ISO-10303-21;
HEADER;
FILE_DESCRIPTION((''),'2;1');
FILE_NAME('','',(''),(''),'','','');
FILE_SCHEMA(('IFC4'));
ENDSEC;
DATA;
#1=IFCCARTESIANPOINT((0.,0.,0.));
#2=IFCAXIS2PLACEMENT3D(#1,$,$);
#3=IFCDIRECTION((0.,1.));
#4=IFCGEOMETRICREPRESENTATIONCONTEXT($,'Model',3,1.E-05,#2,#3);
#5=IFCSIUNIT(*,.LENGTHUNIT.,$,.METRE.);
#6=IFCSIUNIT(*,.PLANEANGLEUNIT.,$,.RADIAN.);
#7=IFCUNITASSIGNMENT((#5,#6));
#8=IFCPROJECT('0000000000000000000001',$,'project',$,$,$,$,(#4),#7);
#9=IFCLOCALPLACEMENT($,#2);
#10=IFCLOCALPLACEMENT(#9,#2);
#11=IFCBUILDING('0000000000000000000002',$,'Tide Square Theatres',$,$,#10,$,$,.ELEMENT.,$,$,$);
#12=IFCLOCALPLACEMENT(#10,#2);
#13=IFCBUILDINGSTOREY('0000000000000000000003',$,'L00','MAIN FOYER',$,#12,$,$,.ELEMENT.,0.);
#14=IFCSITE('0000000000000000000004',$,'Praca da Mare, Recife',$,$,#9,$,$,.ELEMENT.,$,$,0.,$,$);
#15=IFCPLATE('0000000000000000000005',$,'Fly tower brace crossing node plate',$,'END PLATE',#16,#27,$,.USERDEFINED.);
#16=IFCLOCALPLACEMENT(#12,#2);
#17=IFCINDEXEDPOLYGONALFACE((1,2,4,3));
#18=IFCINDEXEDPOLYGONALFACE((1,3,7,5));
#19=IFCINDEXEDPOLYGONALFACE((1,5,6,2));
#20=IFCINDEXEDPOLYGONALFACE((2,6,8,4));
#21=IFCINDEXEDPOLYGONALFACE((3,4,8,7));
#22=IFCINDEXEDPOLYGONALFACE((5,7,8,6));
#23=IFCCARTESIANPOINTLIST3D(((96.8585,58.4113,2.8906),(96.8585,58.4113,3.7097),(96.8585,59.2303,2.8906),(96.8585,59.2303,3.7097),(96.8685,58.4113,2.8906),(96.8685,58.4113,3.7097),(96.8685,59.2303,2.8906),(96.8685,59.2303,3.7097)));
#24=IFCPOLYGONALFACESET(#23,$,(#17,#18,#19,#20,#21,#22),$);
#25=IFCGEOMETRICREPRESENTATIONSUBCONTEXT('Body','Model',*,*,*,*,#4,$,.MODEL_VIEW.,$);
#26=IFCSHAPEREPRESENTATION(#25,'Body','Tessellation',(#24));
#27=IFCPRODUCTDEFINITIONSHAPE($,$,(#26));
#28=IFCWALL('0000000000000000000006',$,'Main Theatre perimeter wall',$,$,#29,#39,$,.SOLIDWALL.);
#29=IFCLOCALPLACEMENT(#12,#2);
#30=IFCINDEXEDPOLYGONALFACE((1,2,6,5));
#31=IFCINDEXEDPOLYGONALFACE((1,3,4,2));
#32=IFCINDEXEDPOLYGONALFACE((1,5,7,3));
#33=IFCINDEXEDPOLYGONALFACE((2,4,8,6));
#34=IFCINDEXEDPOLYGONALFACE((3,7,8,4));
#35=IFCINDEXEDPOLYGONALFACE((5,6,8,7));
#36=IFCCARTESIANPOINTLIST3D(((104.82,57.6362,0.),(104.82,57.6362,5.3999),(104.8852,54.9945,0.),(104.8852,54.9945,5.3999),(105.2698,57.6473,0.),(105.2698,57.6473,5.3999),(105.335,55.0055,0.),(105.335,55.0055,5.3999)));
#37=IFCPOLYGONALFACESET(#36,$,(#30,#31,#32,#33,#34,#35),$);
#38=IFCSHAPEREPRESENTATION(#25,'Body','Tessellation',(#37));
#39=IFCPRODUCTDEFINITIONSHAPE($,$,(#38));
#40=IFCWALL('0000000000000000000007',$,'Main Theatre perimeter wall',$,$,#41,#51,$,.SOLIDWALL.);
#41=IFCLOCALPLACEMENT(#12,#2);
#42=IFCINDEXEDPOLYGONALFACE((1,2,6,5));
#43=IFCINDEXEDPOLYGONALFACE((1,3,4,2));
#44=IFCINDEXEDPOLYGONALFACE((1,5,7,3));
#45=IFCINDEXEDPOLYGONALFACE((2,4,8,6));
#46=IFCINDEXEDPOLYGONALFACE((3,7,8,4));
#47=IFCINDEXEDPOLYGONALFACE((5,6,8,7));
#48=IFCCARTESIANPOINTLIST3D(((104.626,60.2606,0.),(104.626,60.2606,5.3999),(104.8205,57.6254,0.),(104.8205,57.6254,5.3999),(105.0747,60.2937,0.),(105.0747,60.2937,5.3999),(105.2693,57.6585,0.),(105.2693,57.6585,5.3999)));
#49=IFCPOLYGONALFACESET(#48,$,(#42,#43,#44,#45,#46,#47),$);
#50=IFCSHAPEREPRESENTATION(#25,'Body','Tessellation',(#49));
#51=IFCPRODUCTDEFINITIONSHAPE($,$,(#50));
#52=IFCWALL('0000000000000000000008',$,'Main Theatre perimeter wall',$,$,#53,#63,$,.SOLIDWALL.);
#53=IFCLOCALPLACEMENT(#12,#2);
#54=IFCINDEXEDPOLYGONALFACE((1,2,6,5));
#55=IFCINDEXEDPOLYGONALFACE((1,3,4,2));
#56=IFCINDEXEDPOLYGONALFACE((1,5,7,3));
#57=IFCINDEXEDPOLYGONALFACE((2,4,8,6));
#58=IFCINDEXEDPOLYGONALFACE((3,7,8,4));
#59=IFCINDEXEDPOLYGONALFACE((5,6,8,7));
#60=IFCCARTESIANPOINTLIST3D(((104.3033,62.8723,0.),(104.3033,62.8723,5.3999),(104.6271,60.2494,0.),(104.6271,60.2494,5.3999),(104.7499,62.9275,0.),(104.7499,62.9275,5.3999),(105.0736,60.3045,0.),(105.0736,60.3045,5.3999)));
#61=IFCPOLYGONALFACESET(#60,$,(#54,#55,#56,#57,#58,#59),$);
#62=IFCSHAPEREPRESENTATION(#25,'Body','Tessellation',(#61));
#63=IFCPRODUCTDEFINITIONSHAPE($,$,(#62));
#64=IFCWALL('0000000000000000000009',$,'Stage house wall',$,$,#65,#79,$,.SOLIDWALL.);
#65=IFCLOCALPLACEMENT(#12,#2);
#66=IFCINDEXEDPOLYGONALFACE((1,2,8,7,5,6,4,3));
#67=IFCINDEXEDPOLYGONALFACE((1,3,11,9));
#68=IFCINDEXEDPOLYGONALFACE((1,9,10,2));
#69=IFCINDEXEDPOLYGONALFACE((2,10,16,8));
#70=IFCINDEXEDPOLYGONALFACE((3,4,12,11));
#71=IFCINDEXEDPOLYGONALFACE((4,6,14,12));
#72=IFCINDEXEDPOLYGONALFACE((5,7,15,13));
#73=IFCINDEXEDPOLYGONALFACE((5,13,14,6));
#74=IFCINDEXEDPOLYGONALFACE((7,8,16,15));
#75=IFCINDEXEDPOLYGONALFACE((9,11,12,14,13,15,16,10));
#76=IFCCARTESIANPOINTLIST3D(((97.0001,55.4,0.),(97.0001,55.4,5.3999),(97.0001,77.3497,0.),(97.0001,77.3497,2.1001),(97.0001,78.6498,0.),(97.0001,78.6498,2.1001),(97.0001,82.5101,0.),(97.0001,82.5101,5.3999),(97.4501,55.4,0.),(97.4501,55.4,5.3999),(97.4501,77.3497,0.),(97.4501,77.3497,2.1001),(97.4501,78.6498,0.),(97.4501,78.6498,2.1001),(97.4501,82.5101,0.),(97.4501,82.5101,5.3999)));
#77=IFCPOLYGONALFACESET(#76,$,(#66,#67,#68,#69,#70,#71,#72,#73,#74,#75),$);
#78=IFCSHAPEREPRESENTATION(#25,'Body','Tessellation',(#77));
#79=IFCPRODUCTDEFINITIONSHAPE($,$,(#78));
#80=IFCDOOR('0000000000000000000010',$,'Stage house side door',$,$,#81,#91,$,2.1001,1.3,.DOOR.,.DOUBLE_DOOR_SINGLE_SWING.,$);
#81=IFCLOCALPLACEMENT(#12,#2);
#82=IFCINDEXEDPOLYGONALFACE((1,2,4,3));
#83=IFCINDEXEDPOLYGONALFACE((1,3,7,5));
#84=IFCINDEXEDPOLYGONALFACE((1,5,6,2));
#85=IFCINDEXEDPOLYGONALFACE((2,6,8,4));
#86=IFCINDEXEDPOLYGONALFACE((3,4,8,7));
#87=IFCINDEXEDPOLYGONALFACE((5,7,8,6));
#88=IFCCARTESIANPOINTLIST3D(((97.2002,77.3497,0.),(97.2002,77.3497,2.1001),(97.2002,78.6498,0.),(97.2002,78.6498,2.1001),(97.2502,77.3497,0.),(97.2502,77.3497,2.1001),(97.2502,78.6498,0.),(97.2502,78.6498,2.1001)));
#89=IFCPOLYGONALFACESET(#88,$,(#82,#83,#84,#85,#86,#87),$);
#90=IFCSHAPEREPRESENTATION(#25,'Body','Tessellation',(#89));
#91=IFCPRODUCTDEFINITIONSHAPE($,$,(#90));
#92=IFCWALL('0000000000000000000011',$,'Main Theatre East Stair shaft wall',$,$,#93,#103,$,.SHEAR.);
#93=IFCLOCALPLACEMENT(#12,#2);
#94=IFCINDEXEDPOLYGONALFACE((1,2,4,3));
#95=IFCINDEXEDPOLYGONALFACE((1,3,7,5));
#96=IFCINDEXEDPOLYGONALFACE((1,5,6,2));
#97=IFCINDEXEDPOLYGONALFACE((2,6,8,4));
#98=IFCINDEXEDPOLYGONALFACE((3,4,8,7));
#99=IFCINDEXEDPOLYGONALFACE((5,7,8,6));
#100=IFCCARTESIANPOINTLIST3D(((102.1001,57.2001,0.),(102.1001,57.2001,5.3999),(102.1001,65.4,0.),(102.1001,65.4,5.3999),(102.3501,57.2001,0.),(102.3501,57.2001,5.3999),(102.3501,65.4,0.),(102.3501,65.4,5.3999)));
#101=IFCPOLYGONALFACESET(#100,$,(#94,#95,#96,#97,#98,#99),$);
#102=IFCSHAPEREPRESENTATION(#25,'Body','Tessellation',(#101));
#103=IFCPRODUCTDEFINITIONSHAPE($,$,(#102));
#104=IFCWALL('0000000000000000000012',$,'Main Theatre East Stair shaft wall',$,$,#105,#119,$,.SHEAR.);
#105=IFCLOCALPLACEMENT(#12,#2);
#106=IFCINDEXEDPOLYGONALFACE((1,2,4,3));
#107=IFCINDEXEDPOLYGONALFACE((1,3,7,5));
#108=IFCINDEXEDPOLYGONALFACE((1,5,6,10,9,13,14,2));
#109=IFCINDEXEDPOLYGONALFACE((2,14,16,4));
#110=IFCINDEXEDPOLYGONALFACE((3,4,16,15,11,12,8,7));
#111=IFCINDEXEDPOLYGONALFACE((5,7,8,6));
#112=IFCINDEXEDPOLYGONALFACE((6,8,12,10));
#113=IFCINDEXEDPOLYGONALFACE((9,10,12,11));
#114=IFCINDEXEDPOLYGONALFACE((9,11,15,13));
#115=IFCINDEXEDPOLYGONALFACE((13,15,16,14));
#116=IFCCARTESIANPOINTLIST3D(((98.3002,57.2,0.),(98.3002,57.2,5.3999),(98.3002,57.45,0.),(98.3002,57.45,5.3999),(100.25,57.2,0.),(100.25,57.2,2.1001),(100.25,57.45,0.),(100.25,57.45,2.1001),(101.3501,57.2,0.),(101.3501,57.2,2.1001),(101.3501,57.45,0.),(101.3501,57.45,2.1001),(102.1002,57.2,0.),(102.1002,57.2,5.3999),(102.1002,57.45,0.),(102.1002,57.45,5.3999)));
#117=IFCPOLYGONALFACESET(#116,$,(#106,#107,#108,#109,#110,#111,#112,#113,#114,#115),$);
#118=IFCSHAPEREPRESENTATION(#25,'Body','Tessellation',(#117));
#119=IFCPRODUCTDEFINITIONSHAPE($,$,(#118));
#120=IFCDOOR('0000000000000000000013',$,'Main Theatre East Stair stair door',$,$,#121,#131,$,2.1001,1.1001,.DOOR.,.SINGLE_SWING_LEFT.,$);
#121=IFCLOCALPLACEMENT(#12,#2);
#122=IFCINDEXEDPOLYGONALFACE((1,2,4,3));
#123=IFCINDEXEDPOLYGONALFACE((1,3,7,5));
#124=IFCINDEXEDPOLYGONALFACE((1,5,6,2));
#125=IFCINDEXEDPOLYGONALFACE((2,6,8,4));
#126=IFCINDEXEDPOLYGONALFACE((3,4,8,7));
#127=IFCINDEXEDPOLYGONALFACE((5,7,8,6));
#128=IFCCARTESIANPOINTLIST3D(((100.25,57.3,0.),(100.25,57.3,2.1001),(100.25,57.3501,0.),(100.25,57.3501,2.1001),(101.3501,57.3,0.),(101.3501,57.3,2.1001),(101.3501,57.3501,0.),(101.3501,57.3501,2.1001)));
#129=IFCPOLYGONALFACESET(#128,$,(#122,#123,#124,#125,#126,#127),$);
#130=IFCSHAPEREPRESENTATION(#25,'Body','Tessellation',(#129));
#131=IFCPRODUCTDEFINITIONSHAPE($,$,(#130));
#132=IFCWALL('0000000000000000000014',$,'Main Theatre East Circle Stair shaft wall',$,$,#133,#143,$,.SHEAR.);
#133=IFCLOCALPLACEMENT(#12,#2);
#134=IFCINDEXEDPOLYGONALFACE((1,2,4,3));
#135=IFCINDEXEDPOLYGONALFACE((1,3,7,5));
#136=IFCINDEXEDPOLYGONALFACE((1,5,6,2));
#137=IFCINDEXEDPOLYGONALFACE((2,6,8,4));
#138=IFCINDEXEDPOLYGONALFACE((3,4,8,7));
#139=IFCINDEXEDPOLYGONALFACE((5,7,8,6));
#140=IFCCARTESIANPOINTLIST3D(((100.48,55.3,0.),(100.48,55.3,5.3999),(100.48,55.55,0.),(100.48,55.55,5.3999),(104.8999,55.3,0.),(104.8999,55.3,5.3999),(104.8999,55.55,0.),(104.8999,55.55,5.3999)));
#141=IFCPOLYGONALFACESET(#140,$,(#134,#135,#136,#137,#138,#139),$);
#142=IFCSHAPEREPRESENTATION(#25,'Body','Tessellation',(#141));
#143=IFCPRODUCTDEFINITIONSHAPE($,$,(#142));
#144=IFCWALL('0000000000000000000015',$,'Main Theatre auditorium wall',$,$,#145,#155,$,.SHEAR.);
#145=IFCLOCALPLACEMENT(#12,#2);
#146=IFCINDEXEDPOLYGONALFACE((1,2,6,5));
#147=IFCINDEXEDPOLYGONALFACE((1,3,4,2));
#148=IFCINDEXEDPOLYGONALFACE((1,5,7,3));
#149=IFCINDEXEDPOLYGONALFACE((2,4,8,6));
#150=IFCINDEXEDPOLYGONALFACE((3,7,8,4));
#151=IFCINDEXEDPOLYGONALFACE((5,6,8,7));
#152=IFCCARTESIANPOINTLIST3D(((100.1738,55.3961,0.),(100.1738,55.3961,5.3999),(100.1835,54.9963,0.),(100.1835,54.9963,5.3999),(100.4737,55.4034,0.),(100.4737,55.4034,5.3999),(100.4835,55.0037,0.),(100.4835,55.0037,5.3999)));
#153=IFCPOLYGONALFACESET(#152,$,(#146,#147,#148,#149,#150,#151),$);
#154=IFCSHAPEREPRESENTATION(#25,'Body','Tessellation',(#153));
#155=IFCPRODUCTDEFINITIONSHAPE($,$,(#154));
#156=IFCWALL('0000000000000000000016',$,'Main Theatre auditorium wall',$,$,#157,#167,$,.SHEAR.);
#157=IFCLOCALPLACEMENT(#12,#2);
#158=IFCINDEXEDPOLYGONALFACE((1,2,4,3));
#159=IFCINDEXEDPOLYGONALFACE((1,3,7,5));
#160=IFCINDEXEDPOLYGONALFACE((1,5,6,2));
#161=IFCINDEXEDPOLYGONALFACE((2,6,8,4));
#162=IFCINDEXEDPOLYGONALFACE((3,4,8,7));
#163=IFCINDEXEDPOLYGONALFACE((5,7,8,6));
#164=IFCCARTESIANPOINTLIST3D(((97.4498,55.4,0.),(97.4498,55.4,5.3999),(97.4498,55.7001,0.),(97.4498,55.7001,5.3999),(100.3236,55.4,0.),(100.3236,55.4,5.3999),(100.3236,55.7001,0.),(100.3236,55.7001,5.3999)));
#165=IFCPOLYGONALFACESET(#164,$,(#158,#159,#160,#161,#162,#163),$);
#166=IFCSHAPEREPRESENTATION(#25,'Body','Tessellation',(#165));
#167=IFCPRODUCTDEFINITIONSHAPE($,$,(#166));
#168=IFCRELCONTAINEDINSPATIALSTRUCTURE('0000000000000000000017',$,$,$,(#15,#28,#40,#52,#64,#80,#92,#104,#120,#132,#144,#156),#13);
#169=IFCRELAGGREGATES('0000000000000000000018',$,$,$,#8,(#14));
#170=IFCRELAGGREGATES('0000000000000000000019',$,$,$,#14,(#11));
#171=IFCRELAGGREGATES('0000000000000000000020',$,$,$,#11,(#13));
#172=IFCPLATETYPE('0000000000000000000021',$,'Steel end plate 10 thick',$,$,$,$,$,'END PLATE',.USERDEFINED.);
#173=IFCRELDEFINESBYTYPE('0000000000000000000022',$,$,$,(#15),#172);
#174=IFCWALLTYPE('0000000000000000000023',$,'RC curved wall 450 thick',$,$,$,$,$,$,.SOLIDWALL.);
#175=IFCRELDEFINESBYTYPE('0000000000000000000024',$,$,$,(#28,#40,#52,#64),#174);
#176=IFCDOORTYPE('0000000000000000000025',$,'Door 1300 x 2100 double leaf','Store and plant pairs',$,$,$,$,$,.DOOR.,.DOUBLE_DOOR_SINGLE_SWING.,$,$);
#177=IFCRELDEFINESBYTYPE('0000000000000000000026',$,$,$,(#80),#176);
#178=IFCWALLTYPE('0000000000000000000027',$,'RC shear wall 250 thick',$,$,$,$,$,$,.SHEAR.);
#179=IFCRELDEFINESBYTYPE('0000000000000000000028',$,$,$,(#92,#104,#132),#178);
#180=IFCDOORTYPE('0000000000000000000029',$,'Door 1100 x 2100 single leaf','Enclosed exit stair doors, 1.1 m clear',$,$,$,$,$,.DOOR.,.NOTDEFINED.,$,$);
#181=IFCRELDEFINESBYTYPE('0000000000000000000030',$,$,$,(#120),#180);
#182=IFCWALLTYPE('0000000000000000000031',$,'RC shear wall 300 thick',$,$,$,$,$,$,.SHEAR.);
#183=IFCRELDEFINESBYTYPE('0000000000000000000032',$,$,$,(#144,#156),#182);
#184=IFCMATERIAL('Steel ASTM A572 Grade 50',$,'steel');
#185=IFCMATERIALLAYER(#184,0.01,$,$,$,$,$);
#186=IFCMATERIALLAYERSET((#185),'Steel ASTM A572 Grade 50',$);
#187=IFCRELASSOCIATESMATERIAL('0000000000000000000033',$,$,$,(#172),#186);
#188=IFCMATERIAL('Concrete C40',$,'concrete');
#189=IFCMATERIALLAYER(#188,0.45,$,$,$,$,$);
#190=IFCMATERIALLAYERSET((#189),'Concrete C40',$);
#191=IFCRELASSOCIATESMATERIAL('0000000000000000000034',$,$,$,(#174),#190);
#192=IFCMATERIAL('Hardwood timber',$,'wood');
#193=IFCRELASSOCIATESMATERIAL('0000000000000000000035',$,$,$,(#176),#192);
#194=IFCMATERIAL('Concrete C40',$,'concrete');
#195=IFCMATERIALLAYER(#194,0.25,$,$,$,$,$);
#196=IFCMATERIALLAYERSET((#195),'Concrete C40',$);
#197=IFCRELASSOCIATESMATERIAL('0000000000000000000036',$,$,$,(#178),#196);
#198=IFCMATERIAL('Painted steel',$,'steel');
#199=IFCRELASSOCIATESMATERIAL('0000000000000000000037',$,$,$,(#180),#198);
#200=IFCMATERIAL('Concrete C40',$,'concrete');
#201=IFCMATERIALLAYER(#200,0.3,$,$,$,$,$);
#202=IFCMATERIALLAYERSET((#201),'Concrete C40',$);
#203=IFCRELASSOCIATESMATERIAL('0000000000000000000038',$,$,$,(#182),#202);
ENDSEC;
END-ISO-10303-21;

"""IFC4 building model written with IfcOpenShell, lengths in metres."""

from ifc_helpers import new_model, si_unit, direction, frame, frame_2d, origin, origin_2d, place, context, subcontext, project, spatial, rectangle, extrude, material, layer, layer_set, type_object, element, fill, save


model = new_model("IFC4")

# Units and contexts
model_context = context("Model", 3, precision=1e-05, world=origin(), true_north=direction((0.0, 1.0)))
body_context = subcontext(model_context, "Body", "Model", "MODEL_VIEW")
ifc_project = project(units=[si_unit("LENGTHUNIT", "METRE"), si_unit("PLANEANGLEUNIT", "RADIAN")], contexts=[model_context])

# Site, building, storey
site_placement = place(None, origin())
site = spatial("IfcSite", under=ifc_project, at=site_placement, Name="Praca da Mare, Recife", CompositionType="ELEMENT", RefElevation=0.0)
building_placement = place(site_placement, origin())
building = spatial("IfcBuilding", under=site, at=building_placement, Name="Tide Square Theatres", CompositionType="ELEMENT")
storey_placement = place(building_placement, origin())
storey = spatial("IfcBuildingStorey", under=building, at=storey_placement, Name="L00", Description="MAIN FOYER", CompositionType="ELEMENT", Elevation=0.0)

# Plate
ifc_material_1 = material(Name="Steel ASTM A572 Grade 50", Category="steel")
ifc_layer_1 = layer(ifc_material_1, 0.01)
ifc_layer_set_1 = layer_set([ifc_layer_1], Name="Steel ASTM A572 Grade 50")
plate_type = type_object("IfcPlateType", Name="Steel end plate 10 thick", ElementType="END PLATE", PredefinedType="USERDEFINED", material=ifc_layer_set_1)
plate_placement = place(storey_placement, frame((96.8635, 58.8208, 2.8906), z_axis=(0.0, 0.0, 1.0), x_axis=(1.0, 0.0, 0.0)))
element("IfcPlate", 1, at=plate_placement, inside=storey, type_object=plate_type, Name="Fly tower brace crossing node plate", ObjectType="END PLATE", PredefinedType="USERDEFINED", context=body_context, shape_type="SweptSolid", body=[
    extrude(rectangle(XDim=0.01, YDim=0.8191, at=origin_2d()), origin(), (0.0, 0.0, 1.0), 0.8191),
])

# Walls
ifc_material_2 = material(Name="Concrete C40", Category="concrete")
ifc_layer_2 = layer(ifc_material_2, 0.45)
ifc_layer_set_2 = layer_set([ifc_layer_2], Name="Concrete C40")
wall_type_1 = type_object("IfcWallType", Name="RC curved wall 450 thick", PredefinedType="SOLIDWALL", material=ifc_layer_set_2)
wall_1_placement = place(storey_placement, frame((105.1101, 55.0, 0.0), z_axis=(0.0, 0.0, 1.0), x_axis=(-0.024667, 0.999696, 0.0)))
element("IfcWall", 2, at=wall_1_placement, inside=storey, type_object=wall_type_1, Name="Main Theatre perimeter wall", PredefinedType="SOLIDWALL", context=body_context, shape_type="SweptSolid", body=[
    extrude(rectangle(XDim=2.6426, YDim=0.45, at=frame_2d((1.3213, 0.0))), origin(), (0.0, 0.0, 1.0), 5.3999),
])
wall_2_placement = place(storey_placement, frame((105.0449, 57.6418, 0.0), z_axis=(0.0, 0.0, 1.0), x_axis=(-0.073637, 0.997285, 0.0)))
element("IfcWall", 3, at=wall_2_placement, inside=storey, type_object=wall_type_1, Name="Main Theatre perimeter wall", PredefinedType="SOLIDWALL", context=body_context, shape_type="SweptSolid", body=[
    extrude(rectangle(XDim=2.6423, YDim=0.45, at=frame_2d((1.3213, 0.0))), origin(), (0.0, 0.0, 1.0), 5.3999),
])
wall_3_placement = place(storey_placement, frame((104.8503, 60.2771, 0.0), z_axis=(0.0, 0.0, 1.0), x_axis=(-0.1225, 0.992469, 0.0)))
element("IfcWall", 4, at=wall_3_placement, inside=storey, type_object=wall_type_1, Name="Main Theatre perimeter wall", PredefinedType="SOLIDWALL", context=body_context, shape_type="SweptSolid", body=[
    extrude(rectangle(XDim=2.6428, YDim=0.45, at=frame_2d((1.3213, 0.0))), origin(), (0.0, 0.0, 1.0), 5.3999),
])

# Wall, opening, door
wall_4_placement = place(storey_placement, frame((97.2251, 55.3999, 0.0), z_axis=(0.0, 0.0, 1.0), x_axis=(0.0, 1.0, 0.0)))
wall_4 = element("IfcWall", 5, at=wall_4_placement, inside=storey, type_object=wall_type_1, Name="Stage house wall", PredefinedType="SOLIDWALL", context=body_context, shape_type="SweptSolid", body=[
    extrude(rectangle(XDim=27.1101, YDim=0.45, at=frame_2d((13.5552, 0.0))), origin(), (0.0, 0.0, 1.0), 5.3999),
])
opening_1_placement = place(wall_4_placement, frame((21.95, 0.0, 0.0)))
opening_1 = element("IfcOpeningElement", 6, at=opening_1_placement, cuts=wall_4, PredefinedType="OPENING", context=body_context, shape_type="SweptSolid", body=[
    extrude(rectangle(XDim=1.3, YDim=2.1001, at=frame_2d((0.6499, 1.05))), frame((0.0, 0.2349, 0.0), z_axis=(0.0, -1.0, 0.0), x_axis=(1.0, 0.0, 0.0)), (0.0, 0.0, 1.0), 0.47),
])
ifc_material_3 = material(Name="Hardwood timber", Category="wood")
door_type_1 = type_object("IfcDoorType", Name="Door 1300 x 2100 double leaf", Description="Store and plant pairs", OperationType="DOUBLE_DOOR_SINGLE_SWING", PredefinedType="DOOR", material=ifc_material_3)
door_1_placement = place(opening_1_placement, origin())
door_1 = element("IfcDoor", 7, at=door_1_placement, inside=storey, type_object=door_type_1, Name="Stage house side door", OperationType="DOUBLE_DOOR_SINGLE_SWING", OverallHeight=2.1001, OverallWidth=1.3, PredefinedType="DOOR", context=body_context, shape_type="SweptSolid", body=[
    extrude(rectangle(XDim=1.3, YDim=2.1001, at=frame_2d((0.6499, 1.05))), frame((0.0, 0.0249, 0.0), z_axis=(0.0, -1.0, 0.0), x_axis=(1.0, 0.0, 0.0)), (0.0, 0.0, 1.0), 0.05),
])
fill(opening_1, door_1)

# Wall
ifc_material_4 = material(Name="Concrete C40", Category="concrete")
ifc_layer_3 = layer(ifc_material_4, 0.25)
ifc_layer_set_3 = layer_set([ifc_layer_3], Name="Concrete C40")
wall_type_2 = type_object("IfcWallType", Name="RC shear wall 250 thick", PredefinedType="SHEAR", material=ifc_layer_set_3)
wall_5_placement = place(storey_placement, frame((102.2251, 57.2, 0.0), z_axis=(0.0, 0.0, 1.0), x_axis=(0.0, 1.0, 0.0)))
element("IfcWall", 8, at=wall_5_placement, inside=storey, type_object=wall_type_2, Name="Main Theatre East Stair shaft wall", PredefinedType="SHEAR", context=body_context, shape_type="SweptSolid", body=[
    extrude(rectangle(XDim=8.2, YDim=0.25, at=frame_2d((4.1001, 0.0))), origin(), (0.0, 0.0, 1.0), 5.3999),
])

# Wall, opening, door
wall_6_placement = place(storey_placement, frame((102.1001, 57.325, 0.0), z_axis=(0.0, 0.0, 1.0), x_axis=(-1.0, 0.0, 0.0)))
wall_6 = element("IfcWall", 9, at=wall_6_placement, inside=storey, type_object=wall_type_2, Name="Main Theatre East Stair shaft wall", PredefinedType="SHEAR", context=body_context, shape_type="SweptSolid", body=[
    extrude(rectangle(XDim=3.8, YDim=0.25, at=frame_2d((1.8999, 0.0))), origin(), (0.0, 0.0, 1.0), 5.3999),
])
opening_2_placement = place(wall_6_placement, frame((0.75, 0.0, 0.0)))
opening_2 = element("IfcOpeningElement", 10, at=opening_2_placement, cuts=wall_6, PredefinedType="OPENING", context=body_context, shape_type="SweptSolid", body=[
    extrude(rectangle(XDim=1.1001, YDim=2.1001, at=frame_2d((0.55, 1.05))), frame((0.0, 0.135, 0.0), z_axis=(0.0, -1.0, 0.0), x_axis=(1.0, 0.0, 0.0)), (0.0, 0.0, 1.0), 0.27),
])
ifc_material_5 = material(Name="Painted steel", Category="steel")
door_type_2 = type_object("IfcDoorType", Name="Door 1100 x 2100 single leaf", Description="Enclosed exit stair doors, 1.1 m clear", OperationType="NOTDEFINED", PredefinedType="DOOR", material=ifc_material_5)
door_2_placement = place(opening_2_placement, origin())
door_2 = element("IfcDoor", 11, at=door_2_placement, inside=storey, type_object=door_type_2, Name="Main Theatre East Stair stair door", OperationType="SINGLE_SWING_LEFT", OverallHeight=2.1001, OverallWidth=1.1001, PredefinedType="DOOR", context=body_context, shape_type="SweptSolid", body=[
    extrude(rectangle(XDim=1.1001, YDim=2.1001, at=frame_2d((0.55, 1.05))), frame((0.0, 0.0249, 0.0), z_axis=(0.0, -1.0, 0.0), x_axis=(1.0, 0.0, 0.0)), (0.0, 0.0, 1.0), 0.05),
])
fill(opening_2, door_2)

# Walls
wall_7_placement = place(storey_placement, frame((100.48, 55.425, 0.0), z_axis=(0.0, 0.0, 1.0), x_axis=(1.0, 0.0, 0.0)))
element("IfcWall", 12, at=wall_7_placement, inside=storey, type_object=wall_type_2, Name="Main Theatre East Circle Stair shaft wall", PredefinedType="SHEAR", context=body_context, shape_type="SweptSolid", body=[
    extrude(rectangle(XDim=4.4199, YDim=0.25, at=frame_2d((2.21, 0.0))), origin(), (0.0, 0.0, 1.0), 5.3999),
])
ifc_material_6 = material(Name="Concrete C40", Category="concrete")
ifc_layer_4 = layer(ifc_material_6, 0.3)
ifc_layer_set_4 = layer_set([ifc_layer_4], Name="Concrete C40")
wall_type_3 = type_object("IfcWallType", Name="RC shear wall 300 thick", PredefinedType="SHEAR", material=ifc_layer_set_4)
wall_8_placement = place(storey_placement, frame((100.3335, 55.0, 0.0), z_axis=(0.0, 0.0, 1.0), x_axis=(-0.024413, 0.999702, 0.0)))
element("IfcWall", 13, at=wall_8_placement, inside=storey, type_object=wall_type_3, Name="Main Theatre auditorium wall", PredefinedType="SHEAR", context=body_context, shape_type="SweptSolid", body=[
    extrude(rectangle(XDim=0.3999, YDim=0.3, at=frame_2d((0.2, 0.0))), origin(), (0.0, 0.0, 1.0), 5.3999),
])
wall_9_placement = place(storey_placement, frame((100.3237, 55.55, 0.0), z_axis=(0.0, 0.0, 1.0), x_axis=(-1.0, 0.0, 0.0)))
element("IfcWall", 14, at=wall_9_placement, inside=storey, type_object=wall_type_3, Name="Main Theatre auditorium wall", PredefinedType="SHEAR", context=body_context, shape_type="SweptSolid", body=[
    extrude(rectangle(XDim=2.8738, YDim=0.3, at=frame_2d((1.437, 0.0))), origin(), (0.0, 0.0, 1.0), 5.3999),
])

save(model, "model.ifc")
